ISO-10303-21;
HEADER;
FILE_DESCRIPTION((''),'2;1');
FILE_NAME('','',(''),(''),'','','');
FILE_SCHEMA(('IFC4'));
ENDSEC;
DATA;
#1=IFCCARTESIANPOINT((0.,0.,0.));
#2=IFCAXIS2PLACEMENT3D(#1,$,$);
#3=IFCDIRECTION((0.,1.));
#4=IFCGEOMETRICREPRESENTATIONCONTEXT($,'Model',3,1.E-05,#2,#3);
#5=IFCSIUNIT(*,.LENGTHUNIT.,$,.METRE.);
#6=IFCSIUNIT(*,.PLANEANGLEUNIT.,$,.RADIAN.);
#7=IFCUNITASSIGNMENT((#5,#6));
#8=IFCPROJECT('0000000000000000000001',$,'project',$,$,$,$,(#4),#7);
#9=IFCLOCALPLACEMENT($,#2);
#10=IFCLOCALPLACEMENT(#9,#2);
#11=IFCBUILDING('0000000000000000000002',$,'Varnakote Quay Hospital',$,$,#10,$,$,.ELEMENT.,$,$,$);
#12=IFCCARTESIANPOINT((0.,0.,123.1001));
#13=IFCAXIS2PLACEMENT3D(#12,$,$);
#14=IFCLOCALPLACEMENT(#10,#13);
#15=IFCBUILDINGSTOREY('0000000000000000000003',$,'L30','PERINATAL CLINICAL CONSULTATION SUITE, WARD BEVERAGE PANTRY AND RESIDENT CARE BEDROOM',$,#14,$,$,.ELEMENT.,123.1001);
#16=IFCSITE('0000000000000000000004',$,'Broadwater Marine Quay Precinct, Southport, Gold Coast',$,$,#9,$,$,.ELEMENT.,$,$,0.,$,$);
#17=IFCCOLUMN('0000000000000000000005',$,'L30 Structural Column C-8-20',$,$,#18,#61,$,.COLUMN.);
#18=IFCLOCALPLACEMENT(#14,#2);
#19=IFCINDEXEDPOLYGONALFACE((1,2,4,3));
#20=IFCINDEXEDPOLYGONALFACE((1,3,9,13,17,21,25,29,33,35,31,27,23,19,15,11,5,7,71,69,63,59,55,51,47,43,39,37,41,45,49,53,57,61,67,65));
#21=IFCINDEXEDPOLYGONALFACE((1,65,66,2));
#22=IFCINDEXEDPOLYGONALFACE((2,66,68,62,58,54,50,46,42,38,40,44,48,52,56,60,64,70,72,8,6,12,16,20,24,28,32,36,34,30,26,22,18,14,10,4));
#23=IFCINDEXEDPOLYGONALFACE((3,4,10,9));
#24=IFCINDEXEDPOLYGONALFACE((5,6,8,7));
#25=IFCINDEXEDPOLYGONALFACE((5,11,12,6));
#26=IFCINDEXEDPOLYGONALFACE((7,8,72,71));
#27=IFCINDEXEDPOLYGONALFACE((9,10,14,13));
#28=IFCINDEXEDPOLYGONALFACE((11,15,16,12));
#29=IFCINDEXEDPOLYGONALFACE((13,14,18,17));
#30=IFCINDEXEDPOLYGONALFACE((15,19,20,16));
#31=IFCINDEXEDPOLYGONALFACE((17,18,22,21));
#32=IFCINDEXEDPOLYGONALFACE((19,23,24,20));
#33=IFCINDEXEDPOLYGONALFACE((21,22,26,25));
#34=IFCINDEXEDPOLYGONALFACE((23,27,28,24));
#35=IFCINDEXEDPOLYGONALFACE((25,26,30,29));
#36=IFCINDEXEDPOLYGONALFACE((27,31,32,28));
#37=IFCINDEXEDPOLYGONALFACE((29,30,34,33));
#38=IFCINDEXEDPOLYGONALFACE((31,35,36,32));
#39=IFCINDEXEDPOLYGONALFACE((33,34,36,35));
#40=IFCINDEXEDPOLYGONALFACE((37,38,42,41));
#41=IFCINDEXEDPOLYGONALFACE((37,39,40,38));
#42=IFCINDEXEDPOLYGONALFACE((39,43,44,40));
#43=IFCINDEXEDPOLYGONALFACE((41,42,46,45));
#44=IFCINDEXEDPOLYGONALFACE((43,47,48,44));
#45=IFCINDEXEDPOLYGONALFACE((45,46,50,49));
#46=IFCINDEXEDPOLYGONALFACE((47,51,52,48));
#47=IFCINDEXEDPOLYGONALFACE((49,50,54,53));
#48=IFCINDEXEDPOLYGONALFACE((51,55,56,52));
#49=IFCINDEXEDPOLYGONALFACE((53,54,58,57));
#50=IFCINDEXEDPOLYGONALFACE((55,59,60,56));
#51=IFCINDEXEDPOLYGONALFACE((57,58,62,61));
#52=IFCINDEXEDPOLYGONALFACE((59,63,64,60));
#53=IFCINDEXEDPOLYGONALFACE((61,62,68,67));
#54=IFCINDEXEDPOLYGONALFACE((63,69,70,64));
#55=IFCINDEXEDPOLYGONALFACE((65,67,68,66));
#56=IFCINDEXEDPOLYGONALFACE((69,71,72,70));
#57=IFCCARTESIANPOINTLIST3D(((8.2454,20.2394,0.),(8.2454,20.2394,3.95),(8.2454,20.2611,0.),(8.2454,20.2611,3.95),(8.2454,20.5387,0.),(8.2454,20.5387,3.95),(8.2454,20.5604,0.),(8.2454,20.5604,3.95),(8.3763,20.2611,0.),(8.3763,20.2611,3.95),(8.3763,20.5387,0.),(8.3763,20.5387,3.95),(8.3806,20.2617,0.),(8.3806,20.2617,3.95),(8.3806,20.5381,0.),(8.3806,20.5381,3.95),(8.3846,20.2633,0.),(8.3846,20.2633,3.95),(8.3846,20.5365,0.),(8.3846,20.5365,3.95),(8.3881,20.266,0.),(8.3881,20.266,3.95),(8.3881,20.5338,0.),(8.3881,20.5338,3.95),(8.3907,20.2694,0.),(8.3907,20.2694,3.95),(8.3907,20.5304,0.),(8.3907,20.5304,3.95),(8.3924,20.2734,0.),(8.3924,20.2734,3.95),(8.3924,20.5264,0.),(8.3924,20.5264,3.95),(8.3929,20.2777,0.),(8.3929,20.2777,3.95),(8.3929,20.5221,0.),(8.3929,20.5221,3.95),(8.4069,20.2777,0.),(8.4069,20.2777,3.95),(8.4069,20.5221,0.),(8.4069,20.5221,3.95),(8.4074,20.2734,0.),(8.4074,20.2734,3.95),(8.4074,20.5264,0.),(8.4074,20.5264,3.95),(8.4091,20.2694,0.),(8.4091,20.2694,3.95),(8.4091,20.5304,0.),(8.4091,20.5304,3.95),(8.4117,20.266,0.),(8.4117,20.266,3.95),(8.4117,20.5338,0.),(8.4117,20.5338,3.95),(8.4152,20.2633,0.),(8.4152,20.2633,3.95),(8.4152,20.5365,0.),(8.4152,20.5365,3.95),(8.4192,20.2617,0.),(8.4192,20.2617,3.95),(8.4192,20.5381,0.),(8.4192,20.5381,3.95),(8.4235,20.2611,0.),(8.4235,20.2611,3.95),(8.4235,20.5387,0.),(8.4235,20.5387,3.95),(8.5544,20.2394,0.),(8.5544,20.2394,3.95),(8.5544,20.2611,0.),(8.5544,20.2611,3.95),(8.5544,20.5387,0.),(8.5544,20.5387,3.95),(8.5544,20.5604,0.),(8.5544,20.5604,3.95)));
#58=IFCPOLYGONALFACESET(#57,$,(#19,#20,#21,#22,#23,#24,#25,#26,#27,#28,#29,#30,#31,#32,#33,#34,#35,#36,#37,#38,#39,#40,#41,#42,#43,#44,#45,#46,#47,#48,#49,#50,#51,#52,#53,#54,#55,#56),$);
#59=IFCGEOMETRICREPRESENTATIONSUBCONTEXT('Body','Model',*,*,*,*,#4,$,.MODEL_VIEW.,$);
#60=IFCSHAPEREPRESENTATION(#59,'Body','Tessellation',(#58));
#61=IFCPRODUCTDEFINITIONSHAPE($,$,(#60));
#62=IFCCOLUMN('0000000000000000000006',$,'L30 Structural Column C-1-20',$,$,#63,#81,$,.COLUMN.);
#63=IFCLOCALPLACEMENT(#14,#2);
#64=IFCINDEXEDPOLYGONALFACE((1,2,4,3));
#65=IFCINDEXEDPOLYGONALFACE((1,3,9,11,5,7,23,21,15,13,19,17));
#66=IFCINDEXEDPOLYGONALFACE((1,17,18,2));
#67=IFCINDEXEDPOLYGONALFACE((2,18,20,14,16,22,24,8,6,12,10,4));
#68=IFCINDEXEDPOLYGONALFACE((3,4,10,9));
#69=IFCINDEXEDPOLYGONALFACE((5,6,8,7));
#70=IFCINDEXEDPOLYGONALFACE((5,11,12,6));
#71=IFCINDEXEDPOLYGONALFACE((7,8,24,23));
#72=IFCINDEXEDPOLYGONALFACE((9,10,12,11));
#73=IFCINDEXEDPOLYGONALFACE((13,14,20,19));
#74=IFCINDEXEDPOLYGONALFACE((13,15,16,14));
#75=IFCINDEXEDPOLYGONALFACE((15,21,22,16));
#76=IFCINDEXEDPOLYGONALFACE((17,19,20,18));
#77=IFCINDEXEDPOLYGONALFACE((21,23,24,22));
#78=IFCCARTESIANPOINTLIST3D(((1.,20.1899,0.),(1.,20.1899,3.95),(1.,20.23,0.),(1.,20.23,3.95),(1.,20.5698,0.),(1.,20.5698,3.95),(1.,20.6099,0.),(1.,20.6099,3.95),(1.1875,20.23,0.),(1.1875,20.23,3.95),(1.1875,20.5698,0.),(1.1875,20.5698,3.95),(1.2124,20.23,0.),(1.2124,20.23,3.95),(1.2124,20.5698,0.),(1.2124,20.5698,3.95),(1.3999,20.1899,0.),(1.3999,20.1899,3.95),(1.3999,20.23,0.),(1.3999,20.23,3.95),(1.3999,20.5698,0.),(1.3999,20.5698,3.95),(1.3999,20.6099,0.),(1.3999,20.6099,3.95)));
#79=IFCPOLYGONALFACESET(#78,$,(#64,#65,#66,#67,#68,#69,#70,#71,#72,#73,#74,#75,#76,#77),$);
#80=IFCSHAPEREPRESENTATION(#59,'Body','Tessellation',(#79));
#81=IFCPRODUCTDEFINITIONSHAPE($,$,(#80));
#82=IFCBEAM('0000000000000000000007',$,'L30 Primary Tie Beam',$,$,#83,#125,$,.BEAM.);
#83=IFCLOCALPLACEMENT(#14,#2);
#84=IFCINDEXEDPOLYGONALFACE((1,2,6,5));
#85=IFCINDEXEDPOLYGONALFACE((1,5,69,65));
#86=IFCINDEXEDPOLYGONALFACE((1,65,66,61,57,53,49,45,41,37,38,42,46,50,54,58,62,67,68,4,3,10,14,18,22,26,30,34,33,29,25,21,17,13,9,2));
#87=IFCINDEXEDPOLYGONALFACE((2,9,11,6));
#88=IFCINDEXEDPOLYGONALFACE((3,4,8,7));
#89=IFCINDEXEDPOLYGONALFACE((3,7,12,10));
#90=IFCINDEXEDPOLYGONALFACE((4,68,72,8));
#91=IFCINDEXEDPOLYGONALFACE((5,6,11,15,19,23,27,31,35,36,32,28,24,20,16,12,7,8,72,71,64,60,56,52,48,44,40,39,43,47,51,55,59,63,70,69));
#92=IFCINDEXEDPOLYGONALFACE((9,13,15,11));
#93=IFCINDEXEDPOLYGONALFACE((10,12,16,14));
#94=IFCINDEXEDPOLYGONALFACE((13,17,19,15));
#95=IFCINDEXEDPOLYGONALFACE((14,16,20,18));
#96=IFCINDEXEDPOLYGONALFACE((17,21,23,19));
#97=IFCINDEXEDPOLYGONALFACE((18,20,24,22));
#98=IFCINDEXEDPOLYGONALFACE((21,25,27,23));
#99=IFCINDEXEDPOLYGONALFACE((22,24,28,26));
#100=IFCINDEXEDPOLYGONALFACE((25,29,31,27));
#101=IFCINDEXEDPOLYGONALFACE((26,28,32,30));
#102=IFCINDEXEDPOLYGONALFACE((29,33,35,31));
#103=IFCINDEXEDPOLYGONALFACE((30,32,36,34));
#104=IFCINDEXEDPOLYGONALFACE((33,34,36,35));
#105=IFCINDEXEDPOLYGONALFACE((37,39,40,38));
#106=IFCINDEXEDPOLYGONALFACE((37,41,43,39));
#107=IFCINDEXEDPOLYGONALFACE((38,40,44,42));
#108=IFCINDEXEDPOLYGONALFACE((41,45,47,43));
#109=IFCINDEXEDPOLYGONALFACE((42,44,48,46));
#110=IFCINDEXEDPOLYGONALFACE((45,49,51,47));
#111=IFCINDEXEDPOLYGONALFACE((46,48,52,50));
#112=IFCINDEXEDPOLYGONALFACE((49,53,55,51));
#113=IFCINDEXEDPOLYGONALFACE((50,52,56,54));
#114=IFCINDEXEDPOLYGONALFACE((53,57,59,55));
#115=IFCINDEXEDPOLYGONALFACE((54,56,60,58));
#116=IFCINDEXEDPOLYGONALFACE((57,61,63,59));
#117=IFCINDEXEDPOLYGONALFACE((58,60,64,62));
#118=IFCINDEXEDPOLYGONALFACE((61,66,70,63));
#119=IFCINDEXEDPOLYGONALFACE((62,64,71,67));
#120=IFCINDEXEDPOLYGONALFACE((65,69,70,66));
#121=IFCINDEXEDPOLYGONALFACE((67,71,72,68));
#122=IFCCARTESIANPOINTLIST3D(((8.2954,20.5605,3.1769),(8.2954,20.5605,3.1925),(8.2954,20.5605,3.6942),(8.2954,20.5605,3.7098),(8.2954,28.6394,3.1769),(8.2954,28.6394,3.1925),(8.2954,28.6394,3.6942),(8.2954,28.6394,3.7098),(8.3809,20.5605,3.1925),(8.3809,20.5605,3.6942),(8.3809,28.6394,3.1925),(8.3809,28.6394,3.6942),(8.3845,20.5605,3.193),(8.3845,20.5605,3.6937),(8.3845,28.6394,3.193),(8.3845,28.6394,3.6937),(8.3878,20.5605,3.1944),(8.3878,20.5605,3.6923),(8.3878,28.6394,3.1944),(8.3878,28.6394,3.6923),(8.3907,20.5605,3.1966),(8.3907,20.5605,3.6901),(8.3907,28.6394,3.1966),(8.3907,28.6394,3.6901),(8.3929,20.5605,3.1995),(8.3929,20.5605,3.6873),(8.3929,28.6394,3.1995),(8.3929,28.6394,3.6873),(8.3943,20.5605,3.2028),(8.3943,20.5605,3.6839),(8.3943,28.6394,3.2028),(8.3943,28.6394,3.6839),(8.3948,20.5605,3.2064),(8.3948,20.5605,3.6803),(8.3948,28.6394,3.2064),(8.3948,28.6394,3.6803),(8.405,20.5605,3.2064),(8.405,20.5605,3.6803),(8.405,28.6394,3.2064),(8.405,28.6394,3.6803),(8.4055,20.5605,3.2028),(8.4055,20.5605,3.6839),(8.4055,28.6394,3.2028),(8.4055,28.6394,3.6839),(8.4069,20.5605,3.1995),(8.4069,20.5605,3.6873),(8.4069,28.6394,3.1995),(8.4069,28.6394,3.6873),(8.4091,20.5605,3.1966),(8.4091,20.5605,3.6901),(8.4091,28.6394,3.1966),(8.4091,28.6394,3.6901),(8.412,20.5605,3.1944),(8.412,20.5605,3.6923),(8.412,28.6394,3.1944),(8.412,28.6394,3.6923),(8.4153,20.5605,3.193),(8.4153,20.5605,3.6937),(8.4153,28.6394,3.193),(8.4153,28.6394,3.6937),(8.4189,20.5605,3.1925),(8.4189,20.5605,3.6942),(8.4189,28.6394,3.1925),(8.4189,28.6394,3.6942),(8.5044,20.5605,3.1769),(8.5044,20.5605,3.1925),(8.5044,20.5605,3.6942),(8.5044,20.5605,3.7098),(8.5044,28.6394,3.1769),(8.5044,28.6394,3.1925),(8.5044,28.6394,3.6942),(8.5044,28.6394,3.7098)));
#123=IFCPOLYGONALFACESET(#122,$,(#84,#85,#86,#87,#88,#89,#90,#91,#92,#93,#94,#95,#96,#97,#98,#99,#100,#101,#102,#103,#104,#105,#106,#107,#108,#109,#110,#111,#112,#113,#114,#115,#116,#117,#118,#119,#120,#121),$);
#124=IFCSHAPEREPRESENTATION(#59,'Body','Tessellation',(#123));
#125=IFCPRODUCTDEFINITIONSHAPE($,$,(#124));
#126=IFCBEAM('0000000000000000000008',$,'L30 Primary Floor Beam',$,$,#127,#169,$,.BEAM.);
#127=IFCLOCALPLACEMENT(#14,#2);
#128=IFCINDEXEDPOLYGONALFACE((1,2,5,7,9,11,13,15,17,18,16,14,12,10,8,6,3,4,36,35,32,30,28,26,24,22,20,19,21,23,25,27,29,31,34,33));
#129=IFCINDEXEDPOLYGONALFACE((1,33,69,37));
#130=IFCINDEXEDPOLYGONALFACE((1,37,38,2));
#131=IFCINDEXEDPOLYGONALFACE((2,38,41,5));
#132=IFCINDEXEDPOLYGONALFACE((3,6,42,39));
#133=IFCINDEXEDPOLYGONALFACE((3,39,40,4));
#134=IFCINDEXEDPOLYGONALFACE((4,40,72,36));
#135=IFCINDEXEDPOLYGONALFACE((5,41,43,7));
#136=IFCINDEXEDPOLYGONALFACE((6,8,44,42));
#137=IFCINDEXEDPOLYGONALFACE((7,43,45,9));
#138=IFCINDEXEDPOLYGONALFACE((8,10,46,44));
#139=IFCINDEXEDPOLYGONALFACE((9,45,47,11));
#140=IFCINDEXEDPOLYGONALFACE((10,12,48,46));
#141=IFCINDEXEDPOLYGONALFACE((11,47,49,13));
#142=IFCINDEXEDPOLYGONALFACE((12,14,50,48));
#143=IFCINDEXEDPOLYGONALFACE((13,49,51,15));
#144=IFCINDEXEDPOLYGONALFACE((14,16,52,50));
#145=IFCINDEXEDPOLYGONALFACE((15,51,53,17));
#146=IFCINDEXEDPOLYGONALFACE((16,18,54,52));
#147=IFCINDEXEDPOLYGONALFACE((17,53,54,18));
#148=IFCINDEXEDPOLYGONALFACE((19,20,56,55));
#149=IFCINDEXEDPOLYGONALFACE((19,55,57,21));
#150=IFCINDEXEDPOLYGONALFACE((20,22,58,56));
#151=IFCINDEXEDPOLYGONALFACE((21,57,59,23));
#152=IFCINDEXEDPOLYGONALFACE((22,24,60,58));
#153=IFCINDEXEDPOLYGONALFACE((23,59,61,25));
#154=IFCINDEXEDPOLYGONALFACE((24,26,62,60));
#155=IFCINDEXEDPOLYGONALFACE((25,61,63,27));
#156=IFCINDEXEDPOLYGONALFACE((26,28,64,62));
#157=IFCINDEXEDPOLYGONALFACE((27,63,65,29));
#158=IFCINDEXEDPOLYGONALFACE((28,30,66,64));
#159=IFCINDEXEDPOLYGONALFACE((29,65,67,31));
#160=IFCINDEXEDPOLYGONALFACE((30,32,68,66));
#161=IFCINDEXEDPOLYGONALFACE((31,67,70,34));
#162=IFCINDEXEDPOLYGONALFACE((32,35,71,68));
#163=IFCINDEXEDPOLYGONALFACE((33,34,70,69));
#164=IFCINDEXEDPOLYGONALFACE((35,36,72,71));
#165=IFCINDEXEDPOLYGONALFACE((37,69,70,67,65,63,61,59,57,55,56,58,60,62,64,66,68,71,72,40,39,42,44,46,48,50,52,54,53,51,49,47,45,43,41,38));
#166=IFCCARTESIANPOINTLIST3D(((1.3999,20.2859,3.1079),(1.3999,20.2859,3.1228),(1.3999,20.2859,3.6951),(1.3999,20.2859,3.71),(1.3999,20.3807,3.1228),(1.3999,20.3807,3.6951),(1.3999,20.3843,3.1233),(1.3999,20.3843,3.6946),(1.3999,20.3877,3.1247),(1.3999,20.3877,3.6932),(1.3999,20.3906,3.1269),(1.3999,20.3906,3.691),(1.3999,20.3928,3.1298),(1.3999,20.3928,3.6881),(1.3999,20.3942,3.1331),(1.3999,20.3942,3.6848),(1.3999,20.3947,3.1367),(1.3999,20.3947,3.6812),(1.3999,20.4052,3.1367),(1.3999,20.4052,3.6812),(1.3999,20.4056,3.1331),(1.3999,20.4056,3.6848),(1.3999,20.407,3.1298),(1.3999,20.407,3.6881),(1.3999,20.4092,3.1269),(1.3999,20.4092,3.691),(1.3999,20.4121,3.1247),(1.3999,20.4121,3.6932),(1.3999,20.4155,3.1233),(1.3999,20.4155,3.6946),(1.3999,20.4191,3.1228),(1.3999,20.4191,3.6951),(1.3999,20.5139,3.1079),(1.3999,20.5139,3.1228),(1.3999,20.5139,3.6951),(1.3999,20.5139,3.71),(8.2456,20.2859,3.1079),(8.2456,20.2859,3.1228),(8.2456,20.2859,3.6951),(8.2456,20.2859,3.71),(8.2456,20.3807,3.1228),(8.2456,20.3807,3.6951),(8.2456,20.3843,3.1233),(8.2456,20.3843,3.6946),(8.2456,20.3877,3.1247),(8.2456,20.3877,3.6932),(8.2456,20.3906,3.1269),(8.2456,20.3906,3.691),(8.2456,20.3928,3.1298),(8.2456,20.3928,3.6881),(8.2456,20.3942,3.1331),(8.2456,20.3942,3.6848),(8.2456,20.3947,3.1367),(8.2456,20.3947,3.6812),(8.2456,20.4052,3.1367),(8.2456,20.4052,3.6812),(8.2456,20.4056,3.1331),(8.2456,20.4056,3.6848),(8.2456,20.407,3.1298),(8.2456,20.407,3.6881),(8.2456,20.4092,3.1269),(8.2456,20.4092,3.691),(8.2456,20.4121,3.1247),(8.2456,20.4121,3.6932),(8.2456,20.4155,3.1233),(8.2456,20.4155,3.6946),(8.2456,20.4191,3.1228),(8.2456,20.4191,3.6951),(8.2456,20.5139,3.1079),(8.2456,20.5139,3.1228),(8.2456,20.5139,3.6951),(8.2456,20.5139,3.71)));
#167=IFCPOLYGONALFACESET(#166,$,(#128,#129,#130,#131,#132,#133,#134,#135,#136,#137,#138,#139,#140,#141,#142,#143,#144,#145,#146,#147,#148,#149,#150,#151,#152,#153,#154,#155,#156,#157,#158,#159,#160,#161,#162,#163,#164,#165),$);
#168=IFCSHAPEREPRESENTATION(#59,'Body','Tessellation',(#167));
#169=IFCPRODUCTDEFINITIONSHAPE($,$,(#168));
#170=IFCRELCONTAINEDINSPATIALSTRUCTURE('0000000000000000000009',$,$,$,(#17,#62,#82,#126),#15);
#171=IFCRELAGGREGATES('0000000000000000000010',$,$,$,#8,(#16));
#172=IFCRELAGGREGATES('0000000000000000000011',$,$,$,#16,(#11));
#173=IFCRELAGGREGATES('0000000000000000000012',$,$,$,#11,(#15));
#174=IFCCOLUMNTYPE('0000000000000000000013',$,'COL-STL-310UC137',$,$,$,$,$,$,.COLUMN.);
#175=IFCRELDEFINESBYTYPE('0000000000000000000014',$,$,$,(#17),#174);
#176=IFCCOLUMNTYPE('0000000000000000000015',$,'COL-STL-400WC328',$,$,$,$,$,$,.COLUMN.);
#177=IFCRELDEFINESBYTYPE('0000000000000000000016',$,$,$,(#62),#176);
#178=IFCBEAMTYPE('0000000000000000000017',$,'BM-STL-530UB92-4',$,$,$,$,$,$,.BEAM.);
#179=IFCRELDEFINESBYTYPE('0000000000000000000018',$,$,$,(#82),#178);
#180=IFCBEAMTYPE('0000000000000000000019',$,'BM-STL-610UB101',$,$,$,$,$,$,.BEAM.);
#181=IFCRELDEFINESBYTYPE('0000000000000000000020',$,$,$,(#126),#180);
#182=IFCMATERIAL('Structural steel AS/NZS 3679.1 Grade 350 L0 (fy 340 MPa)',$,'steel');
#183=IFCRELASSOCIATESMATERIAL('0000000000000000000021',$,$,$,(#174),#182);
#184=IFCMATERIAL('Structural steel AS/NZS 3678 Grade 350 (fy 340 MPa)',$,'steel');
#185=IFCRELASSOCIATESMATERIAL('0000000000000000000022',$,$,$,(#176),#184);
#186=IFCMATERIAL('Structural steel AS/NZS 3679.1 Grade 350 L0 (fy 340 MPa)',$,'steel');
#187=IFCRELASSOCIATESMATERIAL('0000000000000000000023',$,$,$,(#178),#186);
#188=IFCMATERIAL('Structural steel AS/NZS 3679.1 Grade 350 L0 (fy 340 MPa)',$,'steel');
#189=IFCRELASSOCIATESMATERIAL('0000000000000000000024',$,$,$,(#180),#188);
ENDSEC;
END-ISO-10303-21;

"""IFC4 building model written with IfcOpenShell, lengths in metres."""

from ifc_helpers import new_model, si_unit, direction, frame, origin, origin_2d, place, context, subcontext, project, spatial, i_section, extrude, material, material_profile, profile_set, type_object, element, save


model = new_model("IFC4")

# Units and contexts
model_context = context("Model", 3, precision=1e-05, world=origin(), true_north=direction((0.0, 1.0)))
body_context = subcontext(model_context, "Body", "Model", "MODEL_VIEW")
ifc_project = project(units=[si_unit("LENGTHUNIT", "METRE"), si_unit("PLANEANGLEUNIT", "RADIAN")], contexts=[model_context])

# Site, building, storey
site_placement = place(None, origin())
site = spatial("IfcSite", under=ifc_project, at=site_placement, Name="Broadwater Marine Quay Precinct, Southport, Gold Coast", CompositionType="ELEMENT", RefElevation=0.0)
building_placement = place(site_placement, origin())
building = spatial("IfcBuilding", under=site, at=building_placement, Name="Varnakote Quay Hospital", CompositionType="ELEMENT")
storey_placement = place(building_placement, frame((0.0, 0.0, 123.1001)))
storey = spatial("IfcBuildingStorey", under=building, at=storey_placement, Name="L30", Description="PERINATAL CLINICAL CONSULTATION SUITE, WARD BEVERAGE PANTRY AND RESIDENT CARE BEDROOM", CompositionType="ELEMENT", Elevation=123.1001)

# Columns
ifc_material_1 = material(Name="Structural steel AS/NZS 3679.1 Grade 350 L0 (fy 340 MPa)", Category="steel")
ifc_material_profile_1 = material_profile(ifc_material_1, i_section(OverallWidth=0.3091, OverallDepth=0.321, WebThickness=0.0139, FlangeThickness=0.0217, FilletRadius=0.0166, at=origin_2d()), Name="310UC137")
ifc_profile_set_1 = profile_set([ifc_material_profile_1], Name="Structural steel AS/NZS 3679.1 Grade 350 L0 (fy 340 MPa)")
column_type_1 = type_object("IfcColumnType", Name="COL-STL-310UC137", PredefinedType="COLUMN", material=ifc_profile_set_1)
column_1_placement = place(storey_placement, frame((8.3999, 20.3999, 0.0), z_axis=(0.0, 0.0, 1.0), x_axis=(1.0, 0.0, 0.0)))
element("IfcColumn", 1, at=column_1_placement, inside=storey, type_object=column_type_1, Name="L30 Structural Column C-8-20", PredefinedType="COLUMN", context=body_context, shape_type="SweptSolid", body=[
    extrude(i_section(OverallWidth=0.3091, OverallDepth=0.321, WebThickness=0.0139, FlangeThickness=0.0217, FilletRadius=0.0166, at=origin_2d()), origin(), (0.0, 0.0, 1.0), 3.95),
])
ifc_material_2 = material(Name="Structural steel AS/NZS 3678 Grade 350 (fy 340 MPa)", Category="steel")
ifc_material_profile_2 = material_profile(ifc_material_2, i_section(OverallWidth=0.3999, OverallDepth=0.4199, WebThickness=0.0249, FlangeThickness=0.04, at=origin_2d()), Name="400WC328")
ifc_profile_set_2 = profile_set([ifc_material_profile_2], Name="Structural steel AS/NZS 3678 Grade 350 (fy 340 MPa)")
column_type_2 = type_object("IfcColumnType", Name="COL-STL-400WC328", PredefinedType="COLUMN", material=ifc_profile_set_2)
column_2_placement = place(storey_placement, frame((1.2, 20.3999, 0.0), z_axis=(0.0, 0.0, 1.0), x_axis=(1.0, 0.0, 0.0)))
element("IfcColumn", 2, at=column_2_placement, inside=storey, type_object=column_type_2, Name="L30 Structural Column C-1-20", PredefinedType="COLUMN", context=body_context, shape_type="SweptSolid", body=[
    extrude(i_section(OverallWidth=0.3999, OverallDepth=0.4199, WebThickness=0.0249, FlangeThickness=0.04, at=origin_2d()), origin(), (0.0, 0.0, 1.0), 3.95),
])

# Beams
ifc_material_3 = material(Name="Structural steel AS/NZS 3679.1 Grade 350 L0 (fy 340 MPa)", Category="steel")
ifc_material_profile_3 = material_profile(ifc_material_3, i_section(OverallWidth=0.209, OverallDepth=0.533, WebThickness=0.0103, FlangeThickness=0.0156, FilletRadius=0.0139, at=origin_2d()), Name="530UB92.4")
ifc_profile_set_3 = profile_set([ifc_material_profile_3], Name="Structural steel AS/NZS 3679.1 Grade 350 L0 (fy 340 MPa)")
beam_type_1 = type_object("IfcBeamType", Name="BM-STL-530UB92-4", PredefinedType="BEAM", material=ifc_profile_set_3)
beam_1_placement = place(storey_placement, frame((8.3999, 20.5605, 3.4434), z_axis=(0.0, 1.0, 0.0), x_axis=(-1.0, 0.0, 0.0)))
element("IfcBeam", 3, at=beam_1_placement, inside=storey, type_object=beam_type_1, Name="L30 Primary Tie Beam", PredefinedType="BEAM", context=body_context, shape_type="SweptSolid", body=[
    extrude(i_section(OverallWidth=0.209, OverallDepth=0.533, WebThickness=0.0103, FlangeThickness=0.0156, FilletRadius=0.0139, at=origin_2d()), origin(), (0.0, 0.0, 1.0), 8.0789),
])
ifc_material_4 = material(Name="Structural steel AS/NZS 3679.1 Grade 350 L0 (fy 340 MPa)", Category="steel")
ifc_material_profile_4 = material_profile(ifc_material_4, i_section(OverallWidth=0.228, OverallDepth=0.6021, WebThickness=0.0105, FlangeThickness=0.0149, FilletRadius=0.0139, at=origin_2d()), Name="610UB101")
ifc_profile_set_4 = profile_set([ifc_material_profile_4], Name="Structural steel AS/NZS 3679.1 Grade 350 L0 (fy 340 MPa)")
beam_type_2 = type_object("IfcBeamType", Name="BM-STL-610UB101", PredefinedType="BEAM", material=ifc_profile_set_4)
beam_2_placement = place(storey_placement, frame((1.3999, 20.3999, 3.4089), z_axis=(1.0, 0.0, 0.0), x_axis=(0.0, 1.0, 0.0)))
element("IfcBeam", 4, at=beam_2_placement, inside=storey, type_object=beam_type_2, Name="L30 Primary Floor Beam", PredefinedType="BEAM", context=body_context, shape_type="SweptSolid", body=[
    extrude(i_section(OverallWidth=0.228, OverallDepth=0.6021, WebThickness=0.0105, FlangeThickness=0.0149, FilletRadius=0.0139, at=origin_2d()), origin(), (0.0, 0.0, 1.0), 6.8457),
])

save(model, "model.ifc")
